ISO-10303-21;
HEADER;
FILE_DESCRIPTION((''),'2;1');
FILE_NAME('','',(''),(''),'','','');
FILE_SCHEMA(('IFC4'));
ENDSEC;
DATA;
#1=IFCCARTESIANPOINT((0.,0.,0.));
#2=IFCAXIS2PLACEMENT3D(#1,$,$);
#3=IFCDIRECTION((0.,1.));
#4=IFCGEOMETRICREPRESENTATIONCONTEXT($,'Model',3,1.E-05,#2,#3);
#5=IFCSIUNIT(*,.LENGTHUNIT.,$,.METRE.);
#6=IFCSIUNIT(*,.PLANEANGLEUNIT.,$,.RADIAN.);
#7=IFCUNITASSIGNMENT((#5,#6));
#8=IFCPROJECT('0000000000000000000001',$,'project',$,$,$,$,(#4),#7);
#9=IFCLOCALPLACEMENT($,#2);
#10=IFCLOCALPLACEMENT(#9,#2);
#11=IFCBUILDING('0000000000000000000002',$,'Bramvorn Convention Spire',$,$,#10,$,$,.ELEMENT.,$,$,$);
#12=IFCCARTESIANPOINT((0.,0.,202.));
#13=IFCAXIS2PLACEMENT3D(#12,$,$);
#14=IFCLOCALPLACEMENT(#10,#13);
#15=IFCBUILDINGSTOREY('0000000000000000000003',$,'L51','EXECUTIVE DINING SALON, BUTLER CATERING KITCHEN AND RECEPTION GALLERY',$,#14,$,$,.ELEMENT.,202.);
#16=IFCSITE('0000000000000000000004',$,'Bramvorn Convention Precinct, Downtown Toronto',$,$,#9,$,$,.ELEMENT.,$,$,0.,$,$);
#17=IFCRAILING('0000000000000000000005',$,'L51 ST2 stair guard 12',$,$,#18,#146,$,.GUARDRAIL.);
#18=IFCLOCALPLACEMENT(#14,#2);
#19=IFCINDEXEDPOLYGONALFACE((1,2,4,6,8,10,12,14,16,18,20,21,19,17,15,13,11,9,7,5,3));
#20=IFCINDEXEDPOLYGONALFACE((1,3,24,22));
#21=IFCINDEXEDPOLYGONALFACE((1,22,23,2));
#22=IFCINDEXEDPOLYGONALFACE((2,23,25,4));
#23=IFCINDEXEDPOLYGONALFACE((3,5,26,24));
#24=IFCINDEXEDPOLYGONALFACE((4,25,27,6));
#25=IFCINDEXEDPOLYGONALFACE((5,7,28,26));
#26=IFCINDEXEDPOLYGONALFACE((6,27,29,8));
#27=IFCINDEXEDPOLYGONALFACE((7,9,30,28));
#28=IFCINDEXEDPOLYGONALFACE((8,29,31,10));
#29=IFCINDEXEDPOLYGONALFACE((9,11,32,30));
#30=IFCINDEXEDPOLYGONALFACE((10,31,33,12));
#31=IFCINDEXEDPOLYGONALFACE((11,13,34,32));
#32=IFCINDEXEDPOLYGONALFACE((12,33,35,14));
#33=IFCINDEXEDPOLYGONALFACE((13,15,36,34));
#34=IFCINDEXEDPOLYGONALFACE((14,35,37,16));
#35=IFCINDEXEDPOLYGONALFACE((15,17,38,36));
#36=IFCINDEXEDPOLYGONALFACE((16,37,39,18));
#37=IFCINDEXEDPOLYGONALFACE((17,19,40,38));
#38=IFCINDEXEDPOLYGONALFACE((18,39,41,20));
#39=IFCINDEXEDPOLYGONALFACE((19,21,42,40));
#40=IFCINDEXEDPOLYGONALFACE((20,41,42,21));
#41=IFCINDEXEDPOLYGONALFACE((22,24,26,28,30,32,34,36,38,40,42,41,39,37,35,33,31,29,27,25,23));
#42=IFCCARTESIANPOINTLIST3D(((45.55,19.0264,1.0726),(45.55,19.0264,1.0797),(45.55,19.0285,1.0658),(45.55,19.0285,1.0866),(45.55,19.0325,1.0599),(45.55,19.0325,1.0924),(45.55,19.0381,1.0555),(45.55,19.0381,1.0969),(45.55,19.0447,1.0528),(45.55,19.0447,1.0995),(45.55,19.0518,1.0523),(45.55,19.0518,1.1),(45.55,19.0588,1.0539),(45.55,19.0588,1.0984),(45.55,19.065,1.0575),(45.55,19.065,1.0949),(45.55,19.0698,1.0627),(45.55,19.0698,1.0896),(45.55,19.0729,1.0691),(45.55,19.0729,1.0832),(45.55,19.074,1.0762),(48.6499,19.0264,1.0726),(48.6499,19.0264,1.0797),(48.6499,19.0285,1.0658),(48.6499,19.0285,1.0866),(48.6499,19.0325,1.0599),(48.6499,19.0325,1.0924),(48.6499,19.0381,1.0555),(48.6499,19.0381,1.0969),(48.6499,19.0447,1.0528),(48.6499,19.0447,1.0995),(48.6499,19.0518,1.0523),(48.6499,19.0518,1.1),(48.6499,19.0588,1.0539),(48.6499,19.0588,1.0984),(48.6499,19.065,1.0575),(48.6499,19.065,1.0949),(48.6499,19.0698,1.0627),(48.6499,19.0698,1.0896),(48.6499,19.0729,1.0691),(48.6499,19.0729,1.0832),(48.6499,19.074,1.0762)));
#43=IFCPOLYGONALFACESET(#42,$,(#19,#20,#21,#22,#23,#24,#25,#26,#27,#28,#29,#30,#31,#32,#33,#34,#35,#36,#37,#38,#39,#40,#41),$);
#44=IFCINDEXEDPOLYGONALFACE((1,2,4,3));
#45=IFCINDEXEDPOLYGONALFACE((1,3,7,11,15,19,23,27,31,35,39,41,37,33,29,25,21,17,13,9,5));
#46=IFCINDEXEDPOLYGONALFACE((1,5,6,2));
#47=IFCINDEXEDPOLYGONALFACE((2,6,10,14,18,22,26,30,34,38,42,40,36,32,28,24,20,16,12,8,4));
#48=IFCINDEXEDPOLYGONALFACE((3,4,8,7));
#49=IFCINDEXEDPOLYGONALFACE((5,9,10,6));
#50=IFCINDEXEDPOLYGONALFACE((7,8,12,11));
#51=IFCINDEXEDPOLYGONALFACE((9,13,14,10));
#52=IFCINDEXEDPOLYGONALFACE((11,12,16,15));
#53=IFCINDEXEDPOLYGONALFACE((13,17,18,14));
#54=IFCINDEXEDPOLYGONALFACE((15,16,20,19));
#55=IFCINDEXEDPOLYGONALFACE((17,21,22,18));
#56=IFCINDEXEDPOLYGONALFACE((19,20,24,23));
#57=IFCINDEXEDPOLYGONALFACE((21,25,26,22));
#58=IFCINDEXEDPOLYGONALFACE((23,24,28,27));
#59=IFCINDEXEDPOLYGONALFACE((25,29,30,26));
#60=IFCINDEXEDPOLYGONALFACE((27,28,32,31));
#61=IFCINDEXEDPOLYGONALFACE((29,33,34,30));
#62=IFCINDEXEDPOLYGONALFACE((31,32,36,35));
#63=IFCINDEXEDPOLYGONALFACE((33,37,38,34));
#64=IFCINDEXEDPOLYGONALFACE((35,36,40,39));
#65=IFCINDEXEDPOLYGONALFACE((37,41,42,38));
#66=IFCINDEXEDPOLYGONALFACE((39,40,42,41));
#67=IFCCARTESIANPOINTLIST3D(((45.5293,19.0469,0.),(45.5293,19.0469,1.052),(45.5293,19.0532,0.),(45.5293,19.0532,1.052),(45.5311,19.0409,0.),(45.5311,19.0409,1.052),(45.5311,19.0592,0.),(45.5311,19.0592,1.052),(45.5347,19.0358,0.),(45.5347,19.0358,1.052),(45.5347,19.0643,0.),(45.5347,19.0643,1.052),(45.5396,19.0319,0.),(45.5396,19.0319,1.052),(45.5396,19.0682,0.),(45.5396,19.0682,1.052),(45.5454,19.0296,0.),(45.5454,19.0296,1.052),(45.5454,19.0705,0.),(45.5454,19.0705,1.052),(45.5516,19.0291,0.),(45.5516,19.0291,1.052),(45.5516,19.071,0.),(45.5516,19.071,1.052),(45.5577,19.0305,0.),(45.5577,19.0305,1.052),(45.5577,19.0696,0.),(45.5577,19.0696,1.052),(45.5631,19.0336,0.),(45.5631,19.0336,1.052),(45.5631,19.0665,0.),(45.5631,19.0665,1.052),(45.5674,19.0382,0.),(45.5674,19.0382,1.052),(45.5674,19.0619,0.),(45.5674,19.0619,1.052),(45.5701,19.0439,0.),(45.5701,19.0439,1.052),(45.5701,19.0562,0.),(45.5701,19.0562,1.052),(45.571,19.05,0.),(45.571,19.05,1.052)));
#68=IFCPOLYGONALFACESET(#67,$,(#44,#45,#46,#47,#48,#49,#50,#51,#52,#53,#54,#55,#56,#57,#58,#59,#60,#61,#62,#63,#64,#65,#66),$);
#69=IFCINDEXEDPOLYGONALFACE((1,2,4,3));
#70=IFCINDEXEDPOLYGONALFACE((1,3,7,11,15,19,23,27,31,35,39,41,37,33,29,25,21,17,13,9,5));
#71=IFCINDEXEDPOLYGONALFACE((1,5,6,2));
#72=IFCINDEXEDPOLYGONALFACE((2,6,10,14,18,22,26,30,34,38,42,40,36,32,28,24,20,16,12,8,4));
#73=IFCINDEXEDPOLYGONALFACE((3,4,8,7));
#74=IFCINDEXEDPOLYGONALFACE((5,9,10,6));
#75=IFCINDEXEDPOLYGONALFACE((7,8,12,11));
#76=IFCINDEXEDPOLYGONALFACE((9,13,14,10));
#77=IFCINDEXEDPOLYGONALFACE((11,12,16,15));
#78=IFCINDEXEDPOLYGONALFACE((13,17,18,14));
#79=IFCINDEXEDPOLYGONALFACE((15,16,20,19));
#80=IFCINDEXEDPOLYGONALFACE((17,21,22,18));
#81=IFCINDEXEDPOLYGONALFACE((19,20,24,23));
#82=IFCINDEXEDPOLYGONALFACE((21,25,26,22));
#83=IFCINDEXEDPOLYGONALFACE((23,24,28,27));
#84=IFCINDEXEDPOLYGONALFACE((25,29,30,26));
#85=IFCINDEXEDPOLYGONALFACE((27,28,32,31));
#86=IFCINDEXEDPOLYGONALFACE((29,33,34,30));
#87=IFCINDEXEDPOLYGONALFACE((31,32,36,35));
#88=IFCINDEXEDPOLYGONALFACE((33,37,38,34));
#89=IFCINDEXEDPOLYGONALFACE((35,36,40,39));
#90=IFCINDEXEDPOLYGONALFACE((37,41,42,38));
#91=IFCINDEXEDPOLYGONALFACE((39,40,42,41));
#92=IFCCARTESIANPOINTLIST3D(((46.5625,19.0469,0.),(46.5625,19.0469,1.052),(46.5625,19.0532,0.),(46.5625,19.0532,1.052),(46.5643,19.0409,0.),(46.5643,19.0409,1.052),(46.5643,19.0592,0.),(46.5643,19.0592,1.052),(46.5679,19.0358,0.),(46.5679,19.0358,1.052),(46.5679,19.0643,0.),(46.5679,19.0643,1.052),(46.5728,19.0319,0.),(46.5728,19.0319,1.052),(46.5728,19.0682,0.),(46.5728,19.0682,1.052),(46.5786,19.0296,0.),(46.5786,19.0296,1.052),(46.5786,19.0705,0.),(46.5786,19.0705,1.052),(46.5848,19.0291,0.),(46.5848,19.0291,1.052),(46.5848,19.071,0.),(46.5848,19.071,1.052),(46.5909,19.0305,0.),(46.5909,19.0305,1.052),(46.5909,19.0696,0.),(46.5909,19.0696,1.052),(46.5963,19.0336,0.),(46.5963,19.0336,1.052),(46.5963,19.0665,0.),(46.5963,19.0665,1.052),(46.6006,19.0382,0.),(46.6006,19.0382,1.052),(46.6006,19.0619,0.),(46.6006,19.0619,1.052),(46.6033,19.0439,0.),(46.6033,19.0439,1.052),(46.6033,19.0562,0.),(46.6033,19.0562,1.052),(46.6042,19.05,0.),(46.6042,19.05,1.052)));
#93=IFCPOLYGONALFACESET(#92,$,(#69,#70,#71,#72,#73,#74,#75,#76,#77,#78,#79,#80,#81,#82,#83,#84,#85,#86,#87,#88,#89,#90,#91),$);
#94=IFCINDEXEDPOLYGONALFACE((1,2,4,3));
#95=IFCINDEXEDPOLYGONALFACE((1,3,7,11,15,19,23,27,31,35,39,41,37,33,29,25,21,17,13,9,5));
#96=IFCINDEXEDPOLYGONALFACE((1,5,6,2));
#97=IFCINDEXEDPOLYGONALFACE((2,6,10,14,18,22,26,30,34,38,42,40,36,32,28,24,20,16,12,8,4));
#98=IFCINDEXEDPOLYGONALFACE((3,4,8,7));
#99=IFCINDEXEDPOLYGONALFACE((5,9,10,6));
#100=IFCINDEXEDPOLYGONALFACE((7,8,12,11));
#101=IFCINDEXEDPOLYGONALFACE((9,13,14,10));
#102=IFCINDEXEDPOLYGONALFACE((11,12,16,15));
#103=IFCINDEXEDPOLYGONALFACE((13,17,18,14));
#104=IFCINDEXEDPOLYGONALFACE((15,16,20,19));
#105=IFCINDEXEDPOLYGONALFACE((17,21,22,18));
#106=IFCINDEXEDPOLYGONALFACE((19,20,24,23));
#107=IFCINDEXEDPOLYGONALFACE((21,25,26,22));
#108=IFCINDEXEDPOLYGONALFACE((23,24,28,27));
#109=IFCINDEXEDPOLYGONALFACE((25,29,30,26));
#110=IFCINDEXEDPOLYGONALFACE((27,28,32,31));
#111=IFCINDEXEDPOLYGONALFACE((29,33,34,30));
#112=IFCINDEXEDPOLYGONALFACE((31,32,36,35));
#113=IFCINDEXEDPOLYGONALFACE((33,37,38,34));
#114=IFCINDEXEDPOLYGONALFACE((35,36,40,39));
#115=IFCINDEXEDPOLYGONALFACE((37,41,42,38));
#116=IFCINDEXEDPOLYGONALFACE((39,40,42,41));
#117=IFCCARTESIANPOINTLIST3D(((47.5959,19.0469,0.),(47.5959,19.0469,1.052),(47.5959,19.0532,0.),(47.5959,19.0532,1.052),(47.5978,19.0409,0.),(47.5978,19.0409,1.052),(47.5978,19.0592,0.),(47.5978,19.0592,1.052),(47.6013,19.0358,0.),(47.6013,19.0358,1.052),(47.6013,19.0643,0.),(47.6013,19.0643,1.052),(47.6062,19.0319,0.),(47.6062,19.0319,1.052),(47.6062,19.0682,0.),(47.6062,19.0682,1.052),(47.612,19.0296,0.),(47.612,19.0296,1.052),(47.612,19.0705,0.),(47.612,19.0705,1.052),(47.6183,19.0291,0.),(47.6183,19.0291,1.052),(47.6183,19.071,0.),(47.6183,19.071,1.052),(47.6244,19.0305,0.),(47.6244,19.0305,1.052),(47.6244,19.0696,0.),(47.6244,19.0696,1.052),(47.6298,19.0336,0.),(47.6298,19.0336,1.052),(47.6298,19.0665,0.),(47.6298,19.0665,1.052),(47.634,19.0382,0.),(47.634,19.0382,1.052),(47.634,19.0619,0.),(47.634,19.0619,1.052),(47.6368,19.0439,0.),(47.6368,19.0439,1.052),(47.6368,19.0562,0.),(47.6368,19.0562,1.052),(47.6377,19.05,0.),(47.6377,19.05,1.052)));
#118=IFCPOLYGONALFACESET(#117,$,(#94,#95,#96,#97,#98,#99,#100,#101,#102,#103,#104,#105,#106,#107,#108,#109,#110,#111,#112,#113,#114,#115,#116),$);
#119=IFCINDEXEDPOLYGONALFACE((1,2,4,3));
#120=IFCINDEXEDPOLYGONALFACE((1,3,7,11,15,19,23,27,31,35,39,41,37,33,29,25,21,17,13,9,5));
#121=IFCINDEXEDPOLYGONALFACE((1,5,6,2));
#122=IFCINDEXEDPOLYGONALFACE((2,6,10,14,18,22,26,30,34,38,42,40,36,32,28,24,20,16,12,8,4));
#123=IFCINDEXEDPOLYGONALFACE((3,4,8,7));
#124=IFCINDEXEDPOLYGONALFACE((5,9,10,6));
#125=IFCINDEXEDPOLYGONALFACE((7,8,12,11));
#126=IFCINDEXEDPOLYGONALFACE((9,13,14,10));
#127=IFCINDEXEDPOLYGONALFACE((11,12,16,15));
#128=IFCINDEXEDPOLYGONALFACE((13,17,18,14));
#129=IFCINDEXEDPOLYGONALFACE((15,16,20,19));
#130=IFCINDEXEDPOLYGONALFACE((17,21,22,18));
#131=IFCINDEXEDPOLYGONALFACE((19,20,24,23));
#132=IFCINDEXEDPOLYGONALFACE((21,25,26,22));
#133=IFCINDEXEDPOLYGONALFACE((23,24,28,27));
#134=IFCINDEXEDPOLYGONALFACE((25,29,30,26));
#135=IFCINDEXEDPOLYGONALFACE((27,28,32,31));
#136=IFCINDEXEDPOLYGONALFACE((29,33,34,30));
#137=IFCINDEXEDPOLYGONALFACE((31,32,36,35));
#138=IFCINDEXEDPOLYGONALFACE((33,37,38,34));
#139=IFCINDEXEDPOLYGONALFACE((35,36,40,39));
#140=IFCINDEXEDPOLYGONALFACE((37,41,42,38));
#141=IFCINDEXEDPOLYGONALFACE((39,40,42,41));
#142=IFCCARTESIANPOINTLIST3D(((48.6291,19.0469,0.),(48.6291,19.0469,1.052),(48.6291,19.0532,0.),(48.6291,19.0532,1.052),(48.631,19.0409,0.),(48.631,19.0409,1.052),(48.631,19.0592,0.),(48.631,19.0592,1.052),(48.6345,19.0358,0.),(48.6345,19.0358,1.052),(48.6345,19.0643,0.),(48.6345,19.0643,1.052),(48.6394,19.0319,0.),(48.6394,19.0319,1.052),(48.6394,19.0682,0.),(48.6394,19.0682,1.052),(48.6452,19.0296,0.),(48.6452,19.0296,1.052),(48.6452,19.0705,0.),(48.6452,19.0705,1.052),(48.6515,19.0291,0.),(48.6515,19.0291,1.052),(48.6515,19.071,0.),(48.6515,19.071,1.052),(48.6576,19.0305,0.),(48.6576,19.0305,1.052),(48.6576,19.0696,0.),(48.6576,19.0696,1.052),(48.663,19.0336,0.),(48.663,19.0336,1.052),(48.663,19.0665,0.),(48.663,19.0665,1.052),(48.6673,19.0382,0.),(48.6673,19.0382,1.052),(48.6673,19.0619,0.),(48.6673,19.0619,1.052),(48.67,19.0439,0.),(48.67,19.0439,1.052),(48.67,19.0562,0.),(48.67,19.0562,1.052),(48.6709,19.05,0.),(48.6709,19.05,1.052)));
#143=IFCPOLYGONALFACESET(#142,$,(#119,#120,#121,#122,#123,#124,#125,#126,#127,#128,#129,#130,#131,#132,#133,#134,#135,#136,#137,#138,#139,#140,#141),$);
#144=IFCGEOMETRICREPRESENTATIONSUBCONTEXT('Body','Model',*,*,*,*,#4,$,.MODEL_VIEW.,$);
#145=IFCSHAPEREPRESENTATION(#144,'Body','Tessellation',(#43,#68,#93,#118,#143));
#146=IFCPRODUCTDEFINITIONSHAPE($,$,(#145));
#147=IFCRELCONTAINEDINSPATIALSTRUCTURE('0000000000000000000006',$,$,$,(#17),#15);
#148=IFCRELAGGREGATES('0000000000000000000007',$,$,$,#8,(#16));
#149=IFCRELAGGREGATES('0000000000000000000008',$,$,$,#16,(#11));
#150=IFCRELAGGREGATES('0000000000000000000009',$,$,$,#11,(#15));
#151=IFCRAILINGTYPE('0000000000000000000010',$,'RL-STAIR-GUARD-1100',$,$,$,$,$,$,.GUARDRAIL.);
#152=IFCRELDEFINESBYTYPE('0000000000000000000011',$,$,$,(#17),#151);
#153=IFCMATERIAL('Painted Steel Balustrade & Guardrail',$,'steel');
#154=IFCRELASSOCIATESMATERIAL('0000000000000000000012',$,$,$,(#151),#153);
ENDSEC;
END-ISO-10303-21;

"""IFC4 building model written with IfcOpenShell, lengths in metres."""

from ifc_helpers import new_model, si_unit, direction, frame, origin, origin_2d, place, context, subcontext, project, spatial, circle, extrude, material, type_object, element, save


model = new_model("IFC4")

# Units and contexts
model_context = context("Model", 3, precision=1e-05, world=origin(), true_north=direction((0.0, 1.0)))
body_context = subcontext(model_context, "Body", "Model", "MODEL_VIEW")
ifc_project = project(units=[si_unit("LENGTHUNIT", "METRE"), si_unit("PLANEANGLEUNIT", "RADIAN")], contexts=[model_context])

# Site, building, storey
site_placement = place(None, origin())
site = spatial("IfcSite", under=ifc_project, at=site_placement, Name="Bramvorn Convention Precinct, Downtown Toronto", CompositionType="ELEMENT", RefElevation=0.0)
building_placement = place(site_placement, origin())
building = spatial("IfcBuilding", under=site, at=building_placement, Name="Bramvorn Convention Spire", CompositionType="ELEMENT")
storey_placement = place(building_placement, frame((0.0, 0.0, 202.0)))
storey = spatial("IfcBuildingStorey", under=building, at=storey_placement, Name="L51", Description="EXECUTIVE DINING SALON, BUTLER CATERING KITCHEN AND RECEPTION GALLERY", CompositionType="ELEMENT", Elevation=202.0)

# Railing
ifc_material_1 = material(Name="Painted Steel Balustrade & Guardrail", Category="steel")
railing_type_1 = type_object("IfcRailingType", Name="RL-STAIR-GUARD-1100", PredefinedType="GUARDRAIL", material=ifc_material_1)
railing_1_placement = place(storey_placement, frame((45.55, 19.05, 0.0)))
element("IfcRailing", 1, at=railing_1_placement, inside=storey, type_object=railing_type_1, Name="L51 ST2 stair guard 12", PredefinedType="GUARDRAIL", context=body_context, shape_type="SweptSolid", body=[
    extrude(circle(Radius=0.0239, at=origin_2d()), frame((0.0, 0.0, 1.0762), z_axis=(1.0, 0.0, 0.0), x_axis=(0.0, 1.0, 0.0)), (0.0, 0.0, 1.0), 3.0999),
    extrude(circle(Radius=0.021, at=origin_2d()), origin(), (0.0, 0.0, 1.0), 1.052),
    extrude(circle(Radius=0.021, at=origin_2d()), frame((1.0332, 0.0, 0.0)), (0.0, 0.0, 1.0), 1.052),
    extrude(circle(Radius=0.021, at=origin_2d()), frame((2.0667, 0.0, 0.0)), (0.0, 0.0, 1.0), 1.052),
    extrude(circle(Radius=0.021, at=origin_2d()), frame((3.0999, 0.0, 0.0)), (0.0, 0.0, 1.0), 1.052),
])

save(model, "model.ifc")
